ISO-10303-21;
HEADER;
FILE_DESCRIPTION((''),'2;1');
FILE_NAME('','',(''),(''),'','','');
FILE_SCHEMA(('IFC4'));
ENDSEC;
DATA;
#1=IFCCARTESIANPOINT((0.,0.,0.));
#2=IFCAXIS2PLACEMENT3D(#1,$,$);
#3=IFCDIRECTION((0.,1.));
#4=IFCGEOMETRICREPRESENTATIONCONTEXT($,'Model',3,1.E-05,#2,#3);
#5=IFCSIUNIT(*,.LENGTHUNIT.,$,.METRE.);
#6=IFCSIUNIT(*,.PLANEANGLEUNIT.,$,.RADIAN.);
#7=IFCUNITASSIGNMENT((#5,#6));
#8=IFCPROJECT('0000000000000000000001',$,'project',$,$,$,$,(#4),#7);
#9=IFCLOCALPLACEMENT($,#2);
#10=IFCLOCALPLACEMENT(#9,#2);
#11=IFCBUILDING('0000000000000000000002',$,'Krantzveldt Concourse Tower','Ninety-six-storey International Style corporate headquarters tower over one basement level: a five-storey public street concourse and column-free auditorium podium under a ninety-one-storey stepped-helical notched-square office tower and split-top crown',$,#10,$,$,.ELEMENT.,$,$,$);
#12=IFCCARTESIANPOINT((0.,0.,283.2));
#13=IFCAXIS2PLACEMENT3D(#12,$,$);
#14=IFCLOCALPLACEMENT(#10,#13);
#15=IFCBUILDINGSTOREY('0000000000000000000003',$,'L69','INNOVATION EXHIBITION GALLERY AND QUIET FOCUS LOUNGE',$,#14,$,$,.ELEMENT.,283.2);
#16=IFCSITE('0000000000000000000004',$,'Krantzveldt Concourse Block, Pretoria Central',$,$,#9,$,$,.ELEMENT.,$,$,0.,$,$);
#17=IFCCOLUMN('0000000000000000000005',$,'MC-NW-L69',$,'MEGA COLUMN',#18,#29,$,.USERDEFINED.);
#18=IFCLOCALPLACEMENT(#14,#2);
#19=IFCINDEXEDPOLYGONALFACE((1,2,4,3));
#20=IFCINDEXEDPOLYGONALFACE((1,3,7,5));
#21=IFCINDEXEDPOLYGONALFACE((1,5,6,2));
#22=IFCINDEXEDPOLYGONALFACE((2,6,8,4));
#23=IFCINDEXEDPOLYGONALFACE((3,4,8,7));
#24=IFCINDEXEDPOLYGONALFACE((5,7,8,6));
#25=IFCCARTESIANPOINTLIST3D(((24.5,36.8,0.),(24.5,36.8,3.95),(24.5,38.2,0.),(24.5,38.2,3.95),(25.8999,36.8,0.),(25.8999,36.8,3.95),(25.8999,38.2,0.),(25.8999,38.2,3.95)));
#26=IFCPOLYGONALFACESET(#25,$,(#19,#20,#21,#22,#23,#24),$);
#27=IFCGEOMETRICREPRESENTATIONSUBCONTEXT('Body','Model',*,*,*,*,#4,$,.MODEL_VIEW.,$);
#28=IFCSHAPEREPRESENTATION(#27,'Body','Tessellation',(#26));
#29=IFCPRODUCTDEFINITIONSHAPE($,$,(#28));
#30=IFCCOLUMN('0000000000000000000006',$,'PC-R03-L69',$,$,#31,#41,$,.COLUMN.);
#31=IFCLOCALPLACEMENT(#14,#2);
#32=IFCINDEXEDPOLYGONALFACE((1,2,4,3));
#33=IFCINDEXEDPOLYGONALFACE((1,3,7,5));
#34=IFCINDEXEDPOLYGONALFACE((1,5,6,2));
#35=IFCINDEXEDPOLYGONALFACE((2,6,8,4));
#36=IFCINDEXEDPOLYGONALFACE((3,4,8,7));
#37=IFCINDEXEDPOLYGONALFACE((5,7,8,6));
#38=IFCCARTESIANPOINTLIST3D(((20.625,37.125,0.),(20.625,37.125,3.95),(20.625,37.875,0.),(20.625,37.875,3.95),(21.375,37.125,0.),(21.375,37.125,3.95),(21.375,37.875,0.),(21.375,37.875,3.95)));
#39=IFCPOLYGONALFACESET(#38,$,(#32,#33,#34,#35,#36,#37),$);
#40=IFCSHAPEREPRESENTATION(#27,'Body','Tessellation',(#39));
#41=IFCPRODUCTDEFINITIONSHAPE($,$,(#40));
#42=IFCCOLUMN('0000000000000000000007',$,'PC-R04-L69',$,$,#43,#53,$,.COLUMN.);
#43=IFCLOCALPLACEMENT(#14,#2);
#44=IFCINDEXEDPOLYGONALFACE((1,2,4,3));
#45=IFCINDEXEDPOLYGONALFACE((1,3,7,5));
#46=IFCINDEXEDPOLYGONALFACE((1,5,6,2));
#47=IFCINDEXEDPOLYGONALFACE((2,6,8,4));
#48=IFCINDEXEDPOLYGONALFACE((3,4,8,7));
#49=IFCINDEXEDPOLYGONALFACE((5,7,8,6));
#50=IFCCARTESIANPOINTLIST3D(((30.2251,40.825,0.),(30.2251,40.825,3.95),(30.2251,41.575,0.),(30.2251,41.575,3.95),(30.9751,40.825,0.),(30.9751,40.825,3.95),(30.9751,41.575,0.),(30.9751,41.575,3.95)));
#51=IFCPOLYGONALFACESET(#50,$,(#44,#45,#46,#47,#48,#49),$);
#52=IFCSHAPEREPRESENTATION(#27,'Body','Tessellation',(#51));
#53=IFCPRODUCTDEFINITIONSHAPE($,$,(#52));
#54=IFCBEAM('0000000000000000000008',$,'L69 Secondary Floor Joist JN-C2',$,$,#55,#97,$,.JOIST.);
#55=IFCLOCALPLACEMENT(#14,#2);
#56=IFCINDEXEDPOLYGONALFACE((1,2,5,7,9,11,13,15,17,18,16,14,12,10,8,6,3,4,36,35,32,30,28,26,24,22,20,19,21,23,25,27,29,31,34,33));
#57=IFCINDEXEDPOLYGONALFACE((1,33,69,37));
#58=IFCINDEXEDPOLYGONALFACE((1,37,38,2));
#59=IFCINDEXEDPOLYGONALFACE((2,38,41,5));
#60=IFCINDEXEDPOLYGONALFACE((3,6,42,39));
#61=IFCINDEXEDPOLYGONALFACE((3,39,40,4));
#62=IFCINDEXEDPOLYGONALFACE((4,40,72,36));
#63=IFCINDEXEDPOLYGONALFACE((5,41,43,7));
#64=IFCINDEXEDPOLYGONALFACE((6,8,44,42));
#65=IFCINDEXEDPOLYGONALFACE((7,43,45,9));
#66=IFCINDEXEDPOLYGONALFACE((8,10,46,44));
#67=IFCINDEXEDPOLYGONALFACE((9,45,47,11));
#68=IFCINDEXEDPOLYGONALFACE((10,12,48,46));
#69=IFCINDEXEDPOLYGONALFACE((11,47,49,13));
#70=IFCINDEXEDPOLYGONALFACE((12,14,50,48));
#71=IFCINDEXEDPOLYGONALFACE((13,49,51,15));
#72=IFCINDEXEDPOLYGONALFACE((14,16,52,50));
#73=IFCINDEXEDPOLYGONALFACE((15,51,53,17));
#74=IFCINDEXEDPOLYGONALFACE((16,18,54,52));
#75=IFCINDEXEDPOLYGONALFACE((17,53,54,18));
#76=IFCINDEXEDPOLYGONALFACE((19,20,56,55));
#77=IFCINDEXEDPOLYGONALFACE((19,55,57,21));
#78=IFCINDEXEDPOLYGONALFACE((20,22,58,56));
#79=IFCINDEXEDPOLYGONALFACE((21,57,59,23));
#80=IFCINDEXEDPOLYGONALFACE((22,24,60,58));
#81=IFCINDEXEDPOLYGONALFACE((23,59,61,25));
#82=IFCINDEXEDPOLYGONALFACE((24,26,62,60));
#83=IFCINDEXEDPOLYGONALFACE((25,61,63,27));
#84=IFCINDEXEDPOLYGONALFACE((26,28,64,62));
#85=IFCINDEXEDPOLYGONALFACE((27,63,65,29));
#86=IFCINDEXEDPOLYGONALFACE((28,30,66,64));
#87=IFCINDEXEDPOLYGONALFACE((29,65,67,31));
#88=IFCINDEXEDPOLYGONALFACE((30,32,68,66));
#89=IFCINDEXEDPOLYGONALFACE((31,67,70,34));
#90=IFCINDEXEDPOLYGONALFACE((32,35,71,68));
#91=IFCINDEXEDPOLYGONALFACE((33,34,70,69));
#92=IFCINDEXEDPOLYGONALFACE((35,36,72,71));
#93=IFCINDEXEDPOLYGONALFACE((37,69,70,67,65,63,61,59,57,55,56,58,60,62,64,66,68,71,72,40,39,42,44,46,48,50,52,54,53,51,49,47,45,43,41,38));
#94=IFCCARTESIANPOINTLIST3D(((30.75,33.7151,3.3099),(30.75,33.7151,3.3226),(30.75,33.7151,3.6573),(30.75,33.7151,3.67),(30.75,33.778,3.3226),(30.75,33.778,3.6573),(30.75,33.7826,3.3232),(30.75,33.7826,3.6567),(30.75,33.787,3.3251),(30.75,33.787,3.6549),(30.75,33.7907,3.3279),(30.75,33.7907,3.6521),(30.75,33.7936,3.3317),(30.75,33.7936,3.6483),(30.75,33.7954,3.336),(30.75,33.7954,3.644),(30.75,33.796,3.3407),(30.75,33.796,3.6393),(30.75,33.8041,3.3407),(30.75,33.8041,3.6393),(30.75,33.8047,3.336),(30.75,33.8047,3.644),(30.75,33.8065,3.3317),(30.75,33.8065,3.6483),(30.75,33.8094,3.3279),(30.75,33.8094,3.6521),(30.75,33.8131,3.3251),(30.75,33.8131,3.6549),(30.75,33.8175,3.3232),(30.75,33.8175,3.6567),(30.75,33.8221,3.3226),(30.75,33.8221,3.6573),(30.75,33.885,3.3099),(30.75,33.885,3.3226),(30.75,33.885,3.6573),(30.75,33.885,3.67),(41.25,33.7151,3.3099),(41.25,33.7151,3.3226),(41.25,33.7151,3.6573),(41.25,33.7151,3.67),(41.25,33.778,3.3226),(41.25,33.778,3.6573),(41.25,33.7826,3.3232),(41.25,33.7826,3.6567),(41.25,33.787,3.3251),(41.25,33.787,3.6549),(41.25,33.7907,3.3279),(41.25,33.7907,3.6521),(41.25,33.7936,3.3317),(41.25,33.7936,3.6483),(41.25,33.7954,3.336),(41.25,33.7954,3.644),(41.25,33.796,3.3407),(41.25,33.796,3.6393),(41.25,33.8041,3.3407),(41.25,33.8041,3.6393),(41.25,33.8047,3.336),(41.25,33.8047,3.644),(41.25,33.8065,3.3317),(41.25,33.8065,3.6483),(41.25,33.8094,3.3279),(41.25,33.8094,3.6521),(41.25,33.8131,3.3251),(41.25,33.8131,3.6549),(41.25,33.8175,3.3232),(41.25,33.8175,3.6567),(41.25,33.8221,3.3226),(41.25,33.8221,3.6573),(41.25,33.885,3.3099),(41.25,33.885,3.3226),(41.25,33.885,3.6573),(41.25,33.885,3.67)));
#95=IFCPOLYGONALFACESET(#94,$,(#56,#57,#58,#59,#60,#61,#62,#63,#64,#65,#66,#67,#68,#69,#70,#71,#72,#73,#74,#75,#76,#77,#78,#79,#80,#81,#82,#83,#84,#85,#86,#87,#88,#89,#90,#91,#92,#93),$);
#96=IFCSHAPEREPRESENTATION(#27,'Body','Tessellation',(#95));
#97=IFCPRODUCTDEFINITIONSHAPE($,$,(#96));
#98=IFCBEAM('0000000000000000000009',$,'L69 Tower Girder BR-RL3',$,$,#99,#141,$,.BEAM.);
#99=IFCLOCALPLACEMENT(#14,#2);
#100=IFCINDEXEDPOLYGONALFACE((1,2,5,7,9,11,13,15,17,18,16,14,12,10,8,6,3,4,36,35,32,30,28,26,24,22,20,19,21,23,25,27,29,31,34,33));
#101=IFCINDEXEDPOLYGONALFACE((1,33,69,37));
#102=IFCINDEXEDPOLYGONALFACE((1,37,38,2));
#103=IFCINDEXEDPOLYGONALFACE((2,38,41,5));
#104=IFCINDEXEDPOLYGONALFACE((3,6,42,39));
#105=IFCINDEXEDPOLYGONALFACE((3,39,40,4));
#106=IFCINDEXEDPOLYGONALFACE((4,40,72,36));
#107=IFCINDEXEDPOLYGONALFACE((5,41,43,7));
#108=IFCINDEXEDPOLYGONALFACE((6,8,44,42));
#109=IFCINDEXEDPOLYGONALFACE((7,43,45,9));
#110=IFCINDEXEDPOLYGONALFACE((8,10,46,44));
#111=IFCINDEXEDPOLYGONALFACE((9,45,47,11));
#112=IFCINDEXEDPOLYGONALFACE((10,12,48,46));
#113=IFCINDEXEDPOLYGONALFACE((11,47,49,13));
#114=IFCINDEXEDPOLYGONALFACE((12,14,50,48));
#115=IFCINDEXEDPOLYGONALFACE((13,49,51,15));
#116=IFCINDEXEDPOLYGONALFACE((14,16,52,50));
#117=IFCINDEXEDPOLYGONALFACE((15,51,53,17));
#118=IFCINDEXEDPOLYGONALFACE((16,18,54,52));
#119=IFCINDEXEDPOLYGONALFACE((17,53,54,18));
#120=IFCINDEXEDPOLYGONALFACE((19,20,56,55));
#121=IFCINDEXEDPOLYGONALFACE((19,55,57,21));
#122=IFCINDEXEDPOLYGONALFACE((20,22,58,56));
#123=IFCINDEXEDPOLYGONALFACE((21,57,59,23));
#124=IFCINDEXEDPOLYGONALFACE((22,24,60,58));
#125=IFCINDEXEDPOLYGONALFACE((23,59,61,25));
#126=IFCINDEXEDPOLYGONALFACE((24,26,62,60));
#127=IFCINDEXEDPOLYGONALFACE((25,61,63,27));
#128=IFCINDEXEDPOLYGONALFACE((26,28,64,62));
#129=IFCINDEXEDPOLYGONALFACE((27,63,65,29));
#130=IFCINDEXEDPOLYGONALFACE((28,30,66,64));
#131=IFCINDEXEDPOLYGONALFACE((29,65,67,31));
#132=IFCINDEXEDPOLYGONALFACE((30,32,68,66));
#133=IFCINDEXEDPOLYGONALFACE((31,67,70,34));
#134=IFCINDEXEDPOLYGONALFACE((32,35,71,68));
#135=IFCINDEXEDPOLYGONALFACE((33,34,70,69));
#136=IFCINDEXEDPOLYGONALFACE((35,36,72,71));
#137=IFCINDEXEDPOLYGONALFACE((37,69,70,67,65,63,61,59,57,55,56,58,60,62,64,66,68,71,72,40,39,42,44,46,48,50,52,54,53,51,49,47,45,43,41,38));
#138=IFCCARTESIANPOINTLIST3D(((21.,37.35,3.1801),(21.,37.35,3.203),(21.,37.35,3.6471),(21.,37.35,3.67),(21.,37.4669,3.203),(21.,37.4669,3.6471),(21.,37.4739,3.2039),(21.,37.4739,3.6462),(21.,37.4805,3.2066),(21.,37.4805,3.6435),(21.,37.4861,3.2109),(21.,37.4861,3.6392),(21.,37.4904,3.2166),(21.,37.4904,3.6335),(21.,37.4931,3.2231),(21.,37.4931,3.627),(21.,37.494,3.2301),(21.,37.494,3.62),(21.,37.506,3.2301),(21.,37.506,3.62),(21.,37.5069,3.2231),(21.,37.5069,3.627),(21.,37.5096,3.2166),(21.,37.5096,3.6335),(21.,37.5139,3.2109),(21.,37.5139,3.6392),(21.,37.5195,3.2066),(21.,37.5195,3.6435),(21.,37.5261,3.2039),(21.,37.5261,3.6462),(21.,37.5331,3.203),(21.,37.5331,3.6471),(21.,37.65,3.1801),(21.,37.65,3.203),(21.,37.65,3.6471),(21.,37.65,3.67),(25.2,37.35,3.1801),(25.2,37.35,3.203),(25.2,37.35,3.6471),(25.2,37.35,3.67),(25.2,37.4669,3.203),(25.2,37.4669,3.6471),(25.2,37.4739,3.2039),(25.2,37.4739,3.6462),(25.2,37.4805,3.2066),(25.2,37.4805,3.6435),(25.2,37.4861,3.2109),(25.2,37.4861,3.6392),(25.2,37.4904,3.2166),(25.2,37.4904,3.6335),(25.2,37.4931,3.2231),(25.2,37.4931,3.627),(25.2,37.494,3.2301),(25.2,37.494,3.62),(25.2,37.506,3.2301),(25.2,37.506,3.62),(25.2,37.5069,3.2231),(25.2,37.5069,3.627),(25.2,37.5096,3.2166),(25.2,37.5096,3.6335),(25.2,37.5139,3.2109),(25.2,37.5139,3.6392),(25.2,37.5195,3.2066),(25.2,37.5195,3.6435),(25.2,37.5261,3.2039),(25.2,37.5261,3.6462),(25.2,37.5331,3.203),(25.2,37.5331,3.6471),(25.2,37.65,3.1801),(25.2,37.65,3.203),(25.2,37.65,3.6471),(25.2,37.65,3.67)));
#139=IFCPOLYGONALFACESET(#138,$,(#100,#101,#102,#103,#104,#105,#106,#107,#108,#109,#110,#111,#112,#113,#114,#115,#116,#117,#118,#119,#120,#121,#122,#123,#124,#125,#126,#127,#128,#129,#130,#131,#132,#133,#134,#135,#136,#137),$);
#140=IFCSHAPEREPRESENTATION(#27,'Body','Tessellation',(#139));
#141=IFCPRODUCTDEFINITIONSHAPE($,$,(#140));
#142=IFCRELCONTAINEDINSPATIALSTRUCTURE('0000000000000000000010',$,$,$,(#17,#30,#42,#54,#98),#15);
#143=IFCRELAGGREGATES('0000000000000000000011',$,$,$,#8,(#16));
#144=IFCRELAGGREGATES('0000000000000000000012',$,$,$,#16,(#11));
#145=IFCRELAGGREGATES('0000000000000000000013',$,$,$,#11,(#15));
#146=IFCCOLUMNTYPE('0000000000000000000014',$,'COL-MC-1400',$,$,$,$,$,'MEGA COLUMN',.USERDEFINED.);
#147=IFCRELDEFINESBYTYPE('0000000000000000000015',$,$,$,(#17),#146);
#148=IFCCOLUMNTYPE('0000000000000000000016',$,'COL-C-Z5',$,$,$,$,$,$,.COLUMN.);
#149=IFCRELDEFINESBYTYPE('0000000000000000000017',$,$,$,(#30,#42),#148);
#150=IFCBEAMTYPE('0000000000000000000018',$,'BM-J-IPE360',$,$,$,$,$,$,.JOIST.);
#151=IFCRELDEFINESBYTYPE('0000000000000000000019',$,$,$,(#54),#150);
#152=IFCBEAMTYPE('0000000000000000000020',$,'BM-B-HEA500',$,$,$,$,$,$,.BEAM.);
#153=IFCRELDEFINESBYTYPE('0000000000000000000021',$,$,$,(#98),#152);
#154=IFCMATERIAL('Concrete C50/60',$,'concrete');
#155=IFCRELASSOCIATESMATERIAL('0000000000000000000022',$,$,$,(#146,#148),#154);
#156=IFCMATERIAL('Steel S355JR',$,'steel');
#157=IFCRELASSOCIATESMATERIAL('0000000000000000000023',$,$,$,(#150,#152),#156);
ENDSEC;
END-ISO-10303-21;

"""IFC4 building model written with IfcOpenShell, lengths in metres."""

from ifc_helpers import new_model, si_unit, direction, frame, origin, origin_2d, place, context, subcontext, project, spatial, rectangle, i_section, extrude, source, transform, mapped, material, material_profile, profile_set, type_object, type_shapes, element, save


model = new_model("IFC4")

# Units and contexts
model_context = context("Model", 3, precision=1e-05, world=origin(), true_north=direction((0.0, 1.0)))
body_context = subcontext(model_context, "Body", "Model", "MODEL_VIEW")
ifc_project = project(units=[si_unit("LENGTHUNIT", "METRE"), si_unit("PLANEANGLEUNIT", "RADIAN")], contexts=[model_context])

# Site, building, storey
site_placement = place(None, origin())
site = spatial("IfcSite", under=ifc_project, at=site_placement, Name="Krantzveldt Concourse Block, Pretoria Central", CompositionType="ELEMENT", RefElevation=0.0)
building_placement = place(site_placement, origin())
building = spatial("IfcBuilding", under=site, at=building_placement, Name="Krantzveldt Concourse Tower", Description="Ninety-six-storey International Style corporate headquarters tower over one basement level: a five-storey public street concourse and column-free auditorium podium under a ninety-one-storey stepped-helical notched-square office tower and split-top crown", CompositionType="ELEMENT")
storey_placement = place(building_placement, frame((0.0, 0.0, 283.2)))
storey = spatial("IfcBuildingStorey", under=building, at=storey_placement, Name="L69", Description="INNOVATION EXHIBITION GALLERY AND QUIET FOCUS LOUNGE", CompositionType="ELEMENT", Elevation=283.2)

# Columns
ifc_material_1 = material(Name="Concrete C50/60", Category="concrete")
ifc_material_profile_1 = material_profile(ifc_material_1, rectangle(XDim=1.3999, YDim=1.3999, at=origin_2d()), Name="Concrete C50/60", Category="concrete")
ifc_profile_set_1 = profile_set([ifc_material_profile_1], Name="Concrete C50/60 - RC 1400x1400")
column_type_1 = type_object("IfcColumnType", Name="COL-MC-1400", ElementType="MEGA COLUMN", PredefinedType="USERDEFINED", material=ifc_profile_set_1)
shared_shape_1 = source(origin(), body_context, "Body", "SweptSolid", [
    extrude(rectangle(XDim=1.3999, YDim=1.3999, at=origin_2d()), origin(), (0.0, 0.0, 1.0), 3.95),
])
type_shapes(column_type_1, [shared_shape_1])
column_placement = place(storey_placement, frame((25.2, 37.5, 0.0), z_axis=(0.0, 0.0, 1.0), x_axis=(1.0, 0.0, 0.0)))
element("IfcColumn", 1, at=column_placement, inside=storey, type_object=column_type_1, Name="MC-NW-L69", ObjectType="MEGA COLUMN", PredefinedType="USERDEFINED", context=body_context, shape_type="MappedRepresentation", body=[
    mapped(shared_shape_1, transform((0.0, 0.0, 0.0), x_axis=(1.0, 0.0, 0.0), y_axis=(0.0, 1.0, 0.0), z_axis=(0.0, 0.0, 1.0), scale=1.0)),
])
ifc_material_profile_2 = material_profile(ifc_material_1, rectangle(XDim=0.75, YDim=0.75, at=origin_2d()), Name="Concrete C50/60", Category="concrete")
ifc_profile_set_2 = profile_set([ifc_material_profile_2], Name="Concrete C50/60 - RC 750x750")
column_type_2 = type_object("IfcColumnType", Name="COL-C-Z5", PredefinedType="COLUMN", material=ifc_profile_set_2)
shared_shape_2 = source(origin(), body_context, "Body", "SweptSolid", [
    extrude(rectangle(XDim=0.75, YDim=0.75, at=origin_2d()), origin(), (0.0, 0.0, 1.0), 3.95),
])
type_shapes(column_type_2, [shared_shape_2])
for number, where, z_axis, x_axis, name in (
    (2, (21.0, 37.5, 0.0), (0.0, 0.0, 1.0), (1.0, 0.0, 0.0), "PC-R03-L69"),
    (3, (30.6001, 41.2, 0.0), (0.0, 0.0, 1.0), (1.0, 0.0, 0.0), "PC-R04-L69"),
):
    element("IfcColumn", number, at=place(storey_placement, frame(where, z_axis=z_axis, x_axis=x_axis)), inside=storey, type_object=column_type_2, Name=name, PredefinedType="COLUMN", context=body_context, shape_type="MappedRepresentation", body=[
        mapped(shared_shape_2, transform((0.0, 0.0, 0.0), x_axis=(1.0, 0.0, 0.0), y_axis=(0.0, 1.0, 0.0), z_axis=(0.0, 0.0, 1.0), scale=1.0)),
    ])

# Beams
ifc_material_2 = material(Name="Steel S355JR", Category="steel")
ifc_material_profile_3 = material_profile(ifc_material_2, i_section(OverallWidth=0.1699, OverallDepth=0.3601, WebThickness=0.0081, FlangeThickness=0.0127, FilletRadius=0.0181, at=origin_2d()), Name="Steel S355JR", Category="steel")
ifc_profile_set_3 = profile_set([ifc_material_profile_3], Name="Steel S355JR - IPE 360")
beam_type_1 = type_object("IfcBeamType", Name="BM-J-IPE360", PredefinedType="JOIST", material=ifc_profile_set_3)
shared_shape_3 = source(origin(), body_context, "Body", "SweptSolid", [
    extrude(i_section(OverallWidth=0.1699, OverallDepth=0.3601, WebThickness=0.0081, FlangeThickness=0.0127, FilletRadius=0.0181, at=origin_2d()), origin(), (0.0, 0.0, 1.0), 10.5),
])
beam_1_placement = place(storey_placement, frame((30.75, 33.8, 3.49), z_axis=(1.0, 0.0, 0.0), x_axis=(0.0, 1.0, 0.0)))
element("IfcBeam", 4, at=beam_1_placement, inside=storey, type_object=beam_type_1, Name="L69 Secondary Floor Joist JN-C2", PredefinedType="JOIST", context=body_context, shape_type="MappedRepresentation", body=[
    mapped(shared_shape_3, transform((0.0, 0.0, 0.0), x_axis=(1.0, 0.0, 0.0), y_axis=(0.0, 1.0, 0.0), z_axis=(0.0, 0.0, 1.0), scale=1.0)),
])
ifc_material_profile_4 = material_profile(ifc_material_2, i_section(OverallWidth=0.3, OverallDepth=0.49, WebThickness=0.012, FlangeThickness=0.0229, FilletRadius=0.0271, at=origin_2d()), Name="Steel S355JR", Category="steel")
ifc_profile_set_4 = profile_set([ifc_material_profile_4], Name="Steel S355JR - HEA 500")
beam_type_2 = type_object("IfcBeamType", Name="BM-B-HEA500", PredefinedType="BEAM", material=ifc_profile_set_4)
shared_shape_4 = source(origin(), body_context, "Body", "SweptSolid", [
    extrude(i_section(OverallWidth=0.3, OverallDepth=0.49, WebThickness=0.012, FlangeThickness=0.0229, FilletRadius=0.0271, at=origin_2d()), origin(), (0.0, 0.0, 1.0), 4.2),
])
beam_2_placement = place(storey_placement, frame((21.0, 37.5, 3.425), z_axis=(1.0, 0.0, 0.0), x_axis=(0.0, 1.0, 0.0)))
element("IfcBeam", 5, at=beam_2_placement, inside=storey, type_object=beam_type_2, Name="L69 Tower Girder BR-RL3", PredefinedType="BEAM", context=body_context, shape_type="MappedRepresentation", body=[
    mapped(shared_shape_4, transform((0.0, 0.0, 0.0), x_axis=(1.0, 0.0, 0.0), y_axis=(0.0, 1.0, 0.0), z_axis=(0.0, 0.0, 1.0), scale=1.0)),
])

save(model, "model.ifc")
